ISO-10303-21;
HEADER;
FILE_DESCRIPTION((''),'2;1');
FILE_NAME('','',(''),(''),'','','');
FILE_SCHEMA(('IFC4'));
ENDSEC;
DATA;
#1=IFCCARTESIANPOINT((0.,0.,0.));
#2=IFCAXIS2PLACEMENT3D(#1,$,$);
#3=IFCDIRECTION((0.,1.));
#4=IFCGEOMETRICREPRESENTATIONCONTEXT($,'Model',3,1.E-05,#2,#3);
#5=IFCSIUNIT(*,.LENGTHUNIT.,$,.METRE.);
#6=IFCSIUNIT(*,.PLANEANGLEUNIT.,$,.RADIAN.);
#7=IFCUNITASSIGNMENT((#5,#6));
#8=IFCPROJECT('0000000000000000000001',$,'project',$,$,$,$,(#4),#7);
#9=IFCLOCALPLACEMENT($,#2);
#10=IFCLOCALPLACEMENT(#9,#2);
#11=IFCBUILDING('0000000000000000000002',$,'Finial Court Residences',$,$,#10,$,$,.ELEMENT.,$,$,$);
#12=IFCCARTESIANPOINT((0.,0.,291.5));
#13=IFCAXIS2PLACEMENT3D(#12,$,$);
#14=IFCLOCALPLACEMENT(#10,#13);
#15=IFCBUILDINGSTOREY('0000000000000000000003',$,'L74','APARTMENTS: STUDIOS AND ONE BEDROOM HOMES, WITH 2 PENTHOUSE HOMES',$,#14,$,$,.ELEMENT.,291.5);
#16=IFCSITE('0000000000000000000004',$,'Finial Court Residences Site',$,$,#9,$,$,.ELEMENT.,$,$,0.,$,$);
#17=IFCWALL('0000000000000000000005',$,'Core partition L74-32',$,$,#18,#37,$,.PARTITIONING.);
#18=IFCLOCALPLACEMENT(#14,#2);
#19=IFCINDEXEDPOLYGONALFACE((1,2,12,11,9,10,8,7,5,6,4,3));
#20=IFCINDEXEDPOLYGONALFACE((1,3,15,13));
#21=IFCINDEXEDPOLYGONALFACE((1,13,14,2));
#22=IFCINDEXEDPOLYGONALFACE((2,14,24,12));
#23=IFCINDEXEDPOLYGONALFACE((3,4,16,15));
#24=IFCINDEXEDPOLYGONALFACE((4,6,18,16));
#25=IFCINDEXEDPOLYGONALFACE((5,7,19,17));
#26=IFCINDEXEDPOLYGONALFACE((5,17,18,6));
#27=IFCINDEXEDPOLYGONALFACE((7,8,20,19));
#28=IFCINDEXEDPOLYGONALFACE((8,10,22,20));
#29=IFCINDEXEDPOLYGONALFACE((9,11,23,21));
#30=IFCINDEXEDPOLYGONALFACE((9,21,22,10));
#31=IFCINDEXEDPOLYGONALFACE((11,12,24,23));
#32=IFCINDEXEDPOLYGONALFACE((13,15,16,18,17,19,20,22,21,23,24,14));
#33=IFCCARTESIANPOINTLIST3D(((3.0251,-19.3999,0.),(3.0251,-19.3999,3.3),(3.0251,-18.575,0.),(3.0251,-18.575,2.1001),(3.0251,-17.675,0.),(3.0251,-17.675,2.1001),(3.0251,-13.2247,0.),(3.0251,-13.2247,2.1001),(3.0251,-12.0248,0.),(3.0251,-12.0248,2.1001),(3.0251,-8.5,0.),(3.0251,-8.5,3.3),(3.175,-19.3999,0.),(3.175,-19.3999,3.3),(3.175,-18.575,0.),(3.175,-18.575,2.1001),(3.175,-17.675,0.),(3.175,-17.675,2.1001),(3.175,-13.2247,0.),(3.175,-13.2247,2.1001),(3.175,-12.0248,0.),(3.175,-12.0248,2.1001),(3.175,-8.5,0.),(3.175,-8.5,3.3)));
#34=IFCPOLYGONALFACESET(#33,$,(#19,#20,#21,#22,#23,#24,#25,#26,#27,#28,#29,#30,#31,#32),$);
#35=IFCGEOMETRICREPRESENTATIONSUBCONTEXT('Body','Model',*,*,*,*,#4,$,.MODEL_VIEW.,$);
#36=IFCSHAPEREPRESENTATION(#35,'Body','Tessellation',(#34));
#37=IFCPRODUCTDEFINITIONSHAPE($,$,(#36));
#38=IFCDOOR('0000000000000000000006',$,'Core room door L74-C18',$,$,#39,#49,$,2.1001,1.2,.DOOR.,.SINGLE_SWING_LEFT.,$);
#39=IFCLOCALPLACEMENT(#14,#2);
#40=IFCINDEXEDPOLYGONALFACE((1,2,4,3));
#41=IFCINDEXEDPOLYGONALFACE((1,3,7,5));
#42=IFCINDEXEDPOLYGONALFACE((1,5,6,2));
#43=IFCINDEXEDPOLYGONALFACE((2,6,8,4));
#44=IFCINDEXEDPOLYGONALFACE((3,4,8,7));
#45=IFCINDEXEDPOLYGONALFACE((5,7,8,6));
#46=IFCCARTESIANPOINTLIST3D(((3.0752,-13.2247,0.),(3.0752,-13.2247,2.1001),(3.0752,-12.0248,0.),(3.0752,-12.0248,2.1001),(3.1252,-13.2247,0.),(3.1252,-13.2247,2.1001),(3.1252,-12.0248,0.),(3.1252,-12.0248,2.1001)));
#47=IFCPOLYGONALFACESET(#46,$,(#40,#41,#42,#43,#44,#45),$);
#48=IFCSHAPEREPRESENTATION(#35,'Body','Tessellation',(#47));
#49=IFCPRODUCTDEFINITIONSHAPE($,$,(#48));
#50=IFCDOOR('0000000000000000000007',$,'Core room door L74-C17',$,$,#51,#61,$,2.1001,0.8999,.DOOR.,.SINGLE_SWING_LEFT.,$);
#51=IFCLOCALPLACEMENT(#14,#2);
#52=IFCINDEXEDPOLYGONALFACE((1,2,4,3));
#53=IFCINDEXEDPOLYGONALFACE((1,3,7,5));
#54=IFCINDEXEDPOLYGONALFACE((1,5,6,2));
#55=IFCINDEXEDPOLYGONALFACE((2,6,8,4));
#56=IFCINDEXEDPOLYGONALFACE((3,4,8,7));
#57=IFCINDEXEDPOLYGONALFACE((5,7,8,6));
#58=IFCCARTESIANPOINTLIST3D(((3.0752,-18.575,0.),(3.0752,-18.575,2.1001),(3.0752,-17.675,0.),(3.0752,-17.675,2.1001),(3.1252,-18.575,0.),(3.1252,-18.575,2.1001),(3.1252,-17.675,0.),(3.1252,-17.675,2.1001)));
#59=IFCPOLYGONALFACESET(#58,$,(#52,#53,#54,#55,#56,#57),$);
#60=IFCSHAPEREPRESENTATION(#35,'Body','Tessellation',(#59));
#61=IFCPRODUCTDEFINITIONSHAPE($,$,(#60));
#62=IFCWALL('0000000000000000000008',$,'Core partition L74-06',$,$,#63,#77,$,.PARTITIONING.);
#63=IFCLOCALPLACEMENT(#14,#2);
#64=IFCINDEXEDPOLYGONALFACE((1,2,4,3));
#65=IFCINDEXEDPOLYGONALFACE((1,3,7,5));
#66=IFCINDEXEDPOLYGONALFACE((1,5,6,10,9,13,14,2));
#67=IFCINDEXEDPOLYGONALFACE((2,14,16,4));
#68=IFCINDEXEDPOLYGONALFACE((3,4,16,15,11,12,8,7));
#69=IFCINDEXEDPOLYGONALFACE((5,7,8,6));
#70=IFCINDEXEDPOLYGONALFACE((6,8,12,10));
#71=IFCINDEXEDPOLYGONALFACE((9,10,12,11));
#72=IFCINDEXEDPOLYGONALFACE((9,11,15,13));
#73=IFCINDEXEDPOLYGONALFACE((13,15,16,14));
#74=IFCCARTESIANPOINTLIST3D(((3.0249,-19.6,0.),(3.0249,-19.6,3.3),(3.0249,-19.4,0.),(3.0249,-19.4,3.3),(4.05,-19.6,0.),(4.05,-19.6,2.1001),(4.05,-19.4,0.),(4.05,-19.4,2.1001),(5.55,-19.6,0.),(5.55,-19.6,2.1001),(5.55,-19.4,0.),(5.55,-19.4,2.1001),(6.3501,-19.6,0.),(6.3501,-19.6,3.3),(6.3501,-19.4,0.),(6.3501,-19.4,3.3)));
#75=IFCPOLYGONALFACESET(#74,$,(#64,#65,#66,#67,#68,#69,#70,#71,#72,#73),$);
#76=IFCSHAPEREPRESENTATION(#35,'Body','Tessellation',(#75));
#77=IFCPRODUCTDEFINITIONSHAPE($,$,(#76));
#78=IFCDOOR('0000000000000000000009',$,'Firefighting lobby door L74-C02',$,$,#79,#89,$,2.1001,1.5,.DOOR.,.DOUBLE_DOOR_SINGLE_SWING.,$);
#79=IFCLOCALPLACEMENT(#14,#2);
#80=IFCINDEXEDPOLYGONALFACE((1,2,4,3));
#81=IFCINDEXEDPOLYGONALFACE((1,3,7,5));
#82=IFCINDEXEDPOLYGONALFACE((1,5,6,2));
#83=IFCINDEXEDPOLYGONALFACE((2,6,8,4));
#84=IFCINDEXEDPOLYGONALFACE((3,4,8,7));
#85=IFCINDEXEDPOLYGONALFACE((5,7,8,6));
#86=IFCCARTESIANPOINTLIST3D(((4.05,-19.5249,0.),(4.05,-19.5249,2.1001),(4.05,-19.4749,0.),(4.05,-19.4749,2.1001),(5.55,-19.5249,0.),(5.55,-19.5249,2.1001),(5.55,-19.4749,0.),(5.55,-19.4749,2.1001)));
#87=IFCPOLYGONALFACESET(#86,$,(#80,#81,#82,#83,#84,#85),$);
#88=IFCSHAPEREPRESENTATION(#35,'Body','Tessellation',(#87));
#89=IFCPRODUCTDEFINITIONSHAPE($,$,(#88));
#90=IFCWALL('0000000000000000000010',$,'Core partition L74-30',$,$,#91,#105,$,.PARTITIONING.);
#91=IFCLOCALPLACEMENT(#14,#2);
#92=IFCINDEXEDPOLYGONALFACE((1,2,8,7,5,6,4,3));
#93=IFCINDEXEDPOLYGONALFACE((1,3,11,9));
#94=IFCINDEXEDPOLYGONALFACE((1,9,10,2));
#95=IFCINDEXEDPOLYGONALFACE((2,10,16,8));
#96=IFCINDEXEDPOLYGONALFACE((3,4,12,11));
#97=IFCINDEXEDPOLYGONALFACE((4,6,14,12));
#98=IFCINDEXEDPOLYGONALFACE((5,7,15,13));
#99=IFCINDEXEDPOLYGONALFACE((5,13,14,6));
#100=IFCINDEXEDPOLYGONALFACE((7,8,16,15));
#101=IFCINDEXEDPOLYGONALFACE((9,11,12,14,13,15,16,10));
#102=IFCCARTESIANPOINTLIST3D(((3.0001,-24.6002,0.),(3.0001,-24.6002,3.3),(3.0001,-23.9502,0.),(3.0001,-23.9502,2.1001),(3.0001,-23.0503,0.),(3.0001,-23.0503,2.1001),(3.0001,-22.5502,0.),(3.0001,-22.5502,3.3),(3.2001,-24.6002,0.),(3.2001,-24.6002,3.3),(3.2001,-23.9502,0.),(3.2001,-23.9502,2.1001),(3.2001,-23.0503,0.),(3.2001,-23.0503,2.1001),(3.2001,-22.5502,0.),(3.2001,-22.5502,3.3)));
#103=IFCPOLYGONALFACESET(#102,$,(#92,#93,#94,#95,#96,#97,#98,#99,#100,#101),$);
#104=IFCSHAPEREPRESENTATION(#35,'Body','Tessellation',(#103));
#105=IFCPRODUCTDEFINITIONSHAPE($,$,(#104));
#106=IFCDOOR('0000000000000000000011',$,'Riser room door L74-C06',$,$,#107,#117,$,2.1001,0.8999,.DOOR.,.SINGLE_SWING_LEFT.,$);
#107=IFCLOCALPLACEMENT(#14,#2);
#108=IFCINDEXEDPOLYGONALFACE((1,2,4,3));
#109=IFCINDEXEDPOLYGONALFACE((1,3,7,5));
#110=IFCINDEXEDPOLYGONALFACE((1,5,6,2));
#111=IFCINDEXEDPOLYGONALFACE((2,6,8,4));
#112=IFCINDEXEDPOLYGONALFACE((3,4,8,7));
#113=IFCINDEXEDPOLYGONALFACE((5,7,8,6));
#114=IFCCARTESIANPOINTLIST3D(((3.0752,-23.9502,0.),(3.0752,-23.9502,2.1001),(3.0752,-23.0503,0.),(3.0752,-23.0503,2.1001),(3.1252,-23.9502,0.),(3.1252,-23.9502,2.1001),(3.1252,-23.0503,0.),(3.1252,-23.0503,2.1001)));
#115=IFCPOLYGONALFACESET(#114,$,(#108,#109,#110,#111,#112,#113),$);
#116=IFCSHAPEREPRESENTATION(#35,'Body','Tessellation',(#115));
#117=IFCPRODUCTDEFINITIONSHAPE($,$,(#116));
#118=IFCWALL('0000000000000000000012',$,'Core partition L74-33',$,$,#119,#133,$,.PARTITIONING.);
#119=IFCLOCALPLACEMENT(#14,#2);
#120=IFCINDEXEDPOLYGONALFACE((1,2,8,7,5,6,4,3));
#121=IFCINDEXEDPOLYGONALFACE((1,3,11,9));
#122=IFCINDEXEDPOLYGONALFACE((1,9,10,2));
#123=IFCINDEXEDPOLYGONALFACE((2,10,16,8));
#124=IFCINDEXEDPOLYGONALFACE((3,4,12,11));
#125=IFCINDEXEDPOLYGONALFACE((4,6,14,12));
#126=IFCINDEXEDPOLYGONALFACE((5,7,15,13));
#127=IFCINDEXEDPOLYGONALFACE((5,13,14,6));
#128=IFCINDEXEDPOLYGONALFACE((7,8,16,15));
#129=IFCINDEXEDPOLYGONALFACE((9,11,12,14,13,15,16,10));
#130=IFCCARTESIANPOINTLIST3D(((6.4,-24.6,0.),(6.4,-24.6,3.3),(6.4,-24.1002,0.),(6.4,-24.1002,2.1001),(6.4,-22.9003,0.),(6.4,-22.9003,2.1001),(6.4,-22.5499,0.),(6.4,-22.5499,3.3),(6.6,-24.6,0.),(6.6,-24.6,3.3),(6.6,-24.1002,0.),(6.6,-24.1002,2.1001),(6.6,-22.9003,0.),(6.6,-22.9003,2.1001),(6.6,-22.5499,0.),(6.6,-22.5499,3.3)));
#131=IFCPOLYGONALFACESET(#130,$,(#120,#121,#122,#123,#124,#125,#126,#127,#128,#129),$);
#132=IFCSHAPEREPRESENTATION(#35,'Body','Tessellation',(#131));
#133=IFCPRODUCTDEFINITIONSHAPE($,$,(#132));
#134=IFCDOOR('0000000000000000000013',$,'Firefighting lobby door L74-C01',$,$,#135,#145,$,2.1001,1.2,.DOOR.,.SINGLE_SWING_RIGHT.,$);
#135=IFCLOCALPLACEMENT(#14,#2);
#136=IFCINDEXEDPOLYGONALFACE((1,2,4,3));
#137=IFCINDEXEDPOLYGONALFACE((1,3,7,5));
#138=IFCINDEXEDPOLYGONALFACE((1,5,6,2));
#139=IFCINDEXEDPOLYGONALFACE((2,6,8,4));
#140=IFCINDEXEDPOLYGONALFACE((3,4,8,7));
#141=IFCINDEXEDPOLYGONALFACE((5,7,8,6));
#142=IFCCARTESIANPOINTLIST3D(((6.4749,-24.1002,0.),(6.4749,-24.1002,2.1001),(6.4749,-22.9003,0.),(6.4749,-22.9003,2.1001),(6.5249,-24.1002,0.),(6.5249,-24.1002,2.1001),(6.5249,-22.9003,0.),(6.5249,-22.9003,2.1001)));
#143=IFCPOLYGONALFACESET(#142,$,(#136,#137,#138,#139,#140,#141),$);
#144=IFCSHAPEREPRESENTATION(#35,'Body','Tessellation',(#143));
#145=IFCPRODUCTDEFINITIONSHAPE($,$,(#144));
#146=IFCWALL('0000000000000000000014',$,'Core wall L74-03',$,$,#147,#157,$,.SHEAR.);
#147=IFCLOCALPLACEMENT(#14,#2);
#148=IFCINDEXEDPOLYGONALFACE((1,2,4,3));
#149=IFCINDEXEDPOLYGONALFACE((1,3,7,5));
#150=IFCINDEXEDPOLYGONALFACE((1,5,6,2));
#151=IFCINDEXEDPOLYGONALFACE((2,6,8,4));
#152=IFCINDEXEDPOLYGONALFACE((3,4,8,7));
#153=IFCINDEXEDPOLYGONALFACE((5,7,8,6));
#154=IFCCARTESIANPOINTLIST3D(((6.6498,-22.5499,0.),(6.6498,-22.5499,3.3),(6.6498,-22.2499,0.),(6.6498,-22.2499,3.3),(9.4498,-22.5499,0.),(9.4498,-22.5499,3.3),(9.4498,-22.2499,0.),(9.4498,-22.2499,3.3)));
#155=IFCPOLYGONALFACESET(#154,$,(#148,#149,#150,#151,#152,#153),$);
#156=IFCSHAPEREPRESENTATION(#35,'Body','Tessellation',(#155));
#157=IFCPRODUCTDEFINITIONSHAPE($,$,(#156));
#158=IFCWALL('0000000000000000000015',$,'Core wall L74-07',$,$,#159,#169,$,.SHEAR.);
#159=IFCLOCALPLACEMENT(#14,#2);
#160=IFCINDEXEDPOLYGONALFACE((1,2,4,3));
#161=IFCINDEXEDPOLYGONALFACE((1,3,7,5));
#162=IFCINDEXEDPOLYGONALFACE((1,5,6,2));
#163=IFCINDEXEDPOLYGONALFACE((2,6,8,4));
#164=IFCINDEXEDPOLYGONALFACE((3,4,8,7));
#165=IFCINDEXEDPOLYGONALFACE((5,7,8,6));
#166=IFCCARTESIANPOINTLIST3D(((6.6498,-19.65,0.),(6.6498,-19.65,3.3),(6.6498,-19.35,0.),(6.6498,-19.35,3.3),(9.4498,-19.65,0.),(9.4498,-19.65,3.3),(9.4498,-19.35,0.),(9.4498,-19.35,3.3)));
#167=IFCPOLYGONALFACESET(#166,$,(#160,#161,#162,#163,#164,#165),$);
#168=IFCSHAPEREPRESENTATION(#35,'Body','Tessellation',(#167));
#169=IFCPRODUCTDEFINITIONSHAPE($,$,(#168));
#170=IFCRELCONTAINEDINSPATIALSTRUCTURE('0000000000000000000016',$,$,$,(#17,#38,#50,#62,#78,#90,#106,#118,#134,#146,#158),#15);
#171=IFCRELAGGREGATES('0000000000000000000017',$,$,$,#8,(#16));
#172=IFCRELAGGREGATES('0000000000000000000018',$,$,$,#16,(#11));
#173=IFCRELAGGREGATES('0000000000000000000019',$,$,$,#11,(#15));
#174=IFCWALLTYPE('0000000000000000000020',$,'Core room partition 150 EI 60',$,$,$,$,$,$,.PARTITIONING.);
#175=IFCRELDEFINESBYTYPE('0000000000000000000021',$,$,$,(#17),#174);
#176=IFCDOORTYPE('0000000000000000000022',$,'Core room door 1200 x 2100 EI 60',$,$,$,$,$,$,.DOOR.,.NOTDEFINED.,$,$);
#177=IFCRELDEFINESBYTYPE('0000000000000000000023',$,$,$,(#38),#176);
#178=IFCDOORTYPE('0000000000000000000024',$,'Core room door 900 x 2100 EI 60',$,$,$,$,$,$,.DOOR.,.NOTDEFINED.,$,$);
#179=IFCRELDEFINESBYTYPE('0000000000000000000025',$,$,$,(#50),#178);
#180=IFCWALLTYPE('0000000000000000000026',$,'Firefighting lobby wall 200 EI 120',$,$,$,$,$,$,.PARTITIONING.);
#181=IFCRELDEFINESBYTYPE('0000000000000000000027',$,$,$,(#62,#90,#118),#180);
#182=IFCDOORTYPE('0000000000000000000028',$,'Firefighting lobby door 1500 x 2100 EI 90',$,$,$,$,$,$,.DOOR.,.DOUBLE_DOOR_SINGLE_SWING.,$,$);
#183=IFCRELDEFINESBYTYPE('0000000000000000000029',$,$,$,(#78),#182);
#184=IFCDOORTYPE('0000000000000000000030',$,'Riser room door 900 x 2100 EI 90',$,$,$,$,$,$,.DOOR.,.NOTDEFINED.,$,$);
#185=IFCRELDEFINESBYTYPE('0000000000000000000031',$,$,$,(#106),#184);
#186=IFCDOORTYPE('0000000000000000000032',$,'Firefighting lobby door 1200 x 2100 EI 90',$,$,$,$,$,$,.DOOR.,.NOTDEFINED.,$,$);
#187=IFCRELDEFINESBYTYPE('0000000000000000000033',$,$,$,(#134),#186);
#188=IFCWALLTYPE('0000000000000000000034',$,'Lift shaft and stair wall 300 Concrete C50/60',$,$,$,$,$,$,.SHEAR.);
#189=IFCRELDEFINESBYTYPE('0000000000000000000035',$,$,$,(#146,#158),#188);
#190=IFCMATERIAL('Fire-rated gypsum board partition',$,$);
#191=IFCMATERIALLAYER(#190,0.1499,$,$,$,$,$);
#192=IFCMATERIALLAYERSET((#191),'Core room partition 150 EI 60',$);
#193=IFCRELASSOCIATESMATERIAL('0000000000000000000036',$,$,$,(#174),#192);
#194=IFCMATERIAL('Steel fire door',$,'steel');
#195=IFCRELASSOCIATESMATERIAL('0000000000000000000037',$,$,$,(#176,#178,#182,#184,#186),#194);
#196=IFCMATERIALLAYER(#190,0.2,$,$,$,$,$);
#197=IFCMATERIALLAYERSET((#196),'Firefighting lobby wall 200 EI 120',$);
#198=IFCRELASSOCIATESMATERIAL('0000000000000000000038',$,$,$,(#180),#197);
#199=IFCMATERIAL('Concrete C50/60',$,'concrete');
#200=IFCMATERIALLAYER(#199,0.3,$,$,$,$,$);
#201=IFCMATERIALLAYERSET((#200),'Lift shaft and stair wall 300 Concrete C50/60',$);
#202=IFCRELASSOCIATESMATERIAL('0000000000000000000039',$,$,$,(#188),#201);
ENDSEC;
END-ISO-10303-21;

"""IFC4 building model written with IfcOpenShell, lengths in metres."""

from ifc_helpers import new_model, si_unit, direction, frame, frame_2d, origin, place, context, subcontext, project, spatial, rectangle, extrude, material, layer, layer_set, type_object, element, fill, save


model = new_model("IFC4")

# Units and contexts
model_context = context("Model", 3, precision=1e-05, world=origin(), true_north=direction((0.0, 1.0)))
body_context = subcontext(model_context, "Body", "Model", "MODEL_VIEW")
ifc_project = project(units=[si_unit("LENGTHUNIT", "METRE"), si_unit("PLANEANGLEUNIT", "RADIAN")], contexts=[model_context])

# Site, building, storey
site_placement = place(None, origin())
site = spatial("IfcSite", under=ifc_project, at=site_placement, Name="Finial Court Residences Site", CompositionType="ELEMENT", RefElevation=0.0)
building_placement = place(site_placement, origin())
building = spatial("IfcBuilding", under=site, at=building_placement, Name="Finial Court Residences", CompositionType="ELEMENT")
storey_placement = place(building_placement, frame((0.0, 0.0, 291.5)))
storey = spatial("IfcBuildingStorey", under=building, at=storey_placement, Name="L74", Description="APARTMENTS: STUDIOS AND ONE BEDROOM HOMES, WITH 2 PENTHOUSE HOMES", CompositionType="ELEMENT", Elevation=291.5)

# Wall, openings, doors
ifc_material_1 = material(Name="Fire-rated gypsum board partition")
ifc_layer_1 = layer(ifc_material_1, 0.1499)
ifc_layer_set_1 = layer_set([ifc_layer_1], Name="Core room partition 150 EI 60")
wall_type_1 = type_object("IfcWallType", Name="Core room partition 150 EI 60", PredefinedType="PARTITIONING", material=ifc_layer_set_1)
wall_1_placement = place(storey_placement, frame((3.1001, -19.3999, 0.0), z_axis=(0.0, 0.0, 1.0), x_axis=(0.0, 1.0, 0.0)))
wall_1 = element("IfcWall", 1, at=wall_1_placement, inside=storey, type_object=wall_type_1, Name="Core partition L74-32", PredefinedType="PARTITIONING", context=body_context, shape_type="SweptSolid", body=[
    extrude(rectangle(XDim=10.8999, YDim=0.1499, at=frame_2d((5.45, 0.0))), origin(), (0.0, 0.0, 1.0), 3.3),
])
opening_1_placement = place(wall_1_placement, frame((0.825, 0.0, 0.0)))
opening_1 = element("IfcOpeningElement", 2, at=opening_1_placement, cuts=wall_1, PredefinedType="OPENING", context=body_context, shape_type="SweptSolid", body=[
    extrude(rectangle(XDim=0.8999, YDim=2.1001, at=frame_2d((0.45, 1.05))), frame((0.0, 0.085, 0.0), z_axis=(0.0, -1.0, 0.0), x_axis=(1.0, 0.0, 0.0)), (0.0, 0.0, 1.0), 0.1699),
])
opening_2_placement = place(wall_1_placement, frame((6.175, 0.0, 0.0)))
opening_2 = element("IfcOpeningElement", 3, at=opening_2_placement, cuts=wall_1, PredefinedType="OPENING", context=body_context, shape_type="SweptSolid", body=[
    extrude(rectangle(XDim=1.2, YDim=2.1001, at=frame_2d((0.6001, 1.05))), frame((0.0, 0.085, 0.0), z_axis=(0.0, -1.0, 0.0), x_axis=(1.0, 0.0, 0.0)), (0.0, 0.0, 1.0), 0.1699),
])
ifc_material_2 = material(Name="Steel fire door", Category="steel")
door_type_1 = type_object("IfcDoorType", Name="Core room door 1200 x 2100 EI 60", OperationType="NOTDEFINED", PredefinedType="DOOR", material=ifc_material_2)
door_1_placement = place(opening_2_placement, origin())
door_1 = element("IfcDoor", 4, at=door_1_placement, inside=storey, type_object=door_type_1, Name="Core room door L74-C18", OperationType="SINGLE_SWING_LEFT", OverallHeight=2.1001, OverallWidth=1.2, PredefinedType="DOOR", context=body_context, shape_type="SweptSolid", body=[
    extrude(rectangle(XDim=1.2, YDim=2.1001, at=frame_2d((0.6001, 1.05))), frame((0.0, 0.0249, 0.0), z_axis=(0.0, -1.0, 0.0), x_axis=(1.0, 0.0, 0.0)), (0.0, 0.0, 1.0), 0.05),
])
fill(opening_2, door_1)
door_type_2 = type_object("IfcDoorType", Name="Core room door 900 x 2100 EI 60", OperationType="NOTDEFINED", PredefinedType="DOOR", material=ifc_material_2)
door_2_placement = place(opening_1_placement, origin())
door_2 = element("IfcDoor", 5, at=door_2_placement, inside=storey, type_object=door_type_2, Name="Core room door L74-C17", OperationType="SINGLE_SWING_LEFT", OverallHeight=2.1001, OverallWidth=0.8999, PredefinedType="DOOR", context=body_context, shape_type="SweptSolid", body=[
    extrude(rectangle(XDim=0.8999, YDim=2.1001, at=frame_2d((0.45, 1.05))), frame((0.0, 0.0249, 0.0), z_axis=(0.0, -1.0, 0.0), x_axis=(1.0, 0.0, 0.0)), (0.0, 0.0, 1.0), 0.05),
])
fill(opening_1, door_2)

# Walls, openings, doors
ifc_layer_2 = layer(ifc_material_1, 0.2)
ifc_layer_set_2 = layer_set([ifc_layer_2], Name="Firefighting lobby wall 200 EI 120")
wall_type_2 = type_object("IfcWallType", Name="Firefighting lobby wall 200 EI 120", PredefinedType="PARTITIONING", material=ifc_layer_set_2)
wall_2_placement = place(storey_placement, frame((6.3501, -19.5, 0.0), z_axis=(0.0, 0.0, 1.0), x_axis=(-1.0, 0.0, 0.0)))
wall_2 = element("IfcWall", 6, at=wall_2_placement, inside=storey, type_object=wall_type_2, Name="Core partition L74-06", PredefinedType="PARTITIONING", context=body_context, shape_type="SweptSolid", body=[
    extrude(rectangle(XDim=3.3252, YDim=0.2, at=frame_2d((1.6626, 0.0))), origin(), (0.0, 0.0, 1.0), 3.3),
])
opening_3_placement = place(wall_2_placement, frame((0.8, 0.0, 0.0)))
opening_3 = element("IfcOpeningElement", 7, at=opening_3_placement, cuts=wall_2, PredefinedType="OPENING", context=body_context, shape_type="SweptSolid", body=[
    extrude(rectangle(XDim=1.5, YDim=2.1001, at=frame_2d((0.75, 1.05))), frame((0.0, 0.1099, 0.0), z_axis=(0.0, -1.0, 0.0), x_axis=(1.0, 0.0, 0.0)), (0.0, 0.0, 1.0), 0.22),
])
door_type_3 = type_object("IfcDoorType", Name="Firefighting lobby door 1500 x 2100 EI 90", OperationType="DOUBLE_DOOR_SINGLE_SWING", PredefinedType="DOOR", material=ifc_material_2)
door_3_placement = place(opening_3_placement, origin())
door_3 = element("IfcDoor", 8, at=door_3_placement, inside=storey, type_object=door_type_3, Name="Firefighting lobby door L74-C02", OperationType="DOUBLE_DOOR_SINGLE_SWING", OverallHeight=2.1001, OverallWidth=1.5, PredefinedType="DOOR", context=body_context, shape_type="SweptSolid", body=[
    extrude(rectangle(XDim=1.5, YDim=2.1001, at=frame_2d((0.75, 1.05))), frame((0.0, 0.0249, 0.0), z_axis=(0.0, -1.0, 0.0), x_axis=(1.0, 0.0, 0.0)), (0.0, 0.0, 1.0), 0.05),
])
fill(opening_3, door_3)
wall_3_placement = place(storey_placement, frame((3.1001, -24.6001, 0.0), z_axis=(0.0, 0.0, 1.0), x_axis=(0.0, 1.0, 0.0)))
wall_3 = element("IfcWall", 9, at=wall_3_placement, inside=storey, type_object=wall_type_2, Name="Core partition L74-30", PredefinedType="PARTITIONING", context=body_context, shape_type="SweptSolid", body=[
    extrude(rectangle(XDim=2.05, YDim=0.2, at=frame_2d((1.0249, 0.0))), origin(), (0.0, 0.0, 1.0), 3.3),
])
opening_4_placement = place(wall_3_placement, frame((0.6499, 0.0, 0.0)))
opening_4 = element("IfcOpeningElement", 10, at=opening_4_placement, cuts=wall_3, PredefinedType="OPENING", context=body_context, shape_type="SweptSolid", body=[
    extrude(rectangle(XDim=0.8999, YDim=2.1001, at=frame_2d((0.45, 1.05))), frame((0.0, 0.1099, 0.0), z_axis=(0.0, -1.0, 0.0), x_axis=(1.0, 0.0, 0.0)), (0.0, 0.0, 1.0), 0.22),
])
door_type_4 = type_object("IfcDoorType", Name="Riser room door 900 x 2100 EI 90", OperationType="NOTDEFINED", PredefinedType="DOOR", material=ifc_material_2)
door_4_placement = place(opening_4_placement, origin())
door_4 = element("IfcDoor", 11, at=door_4_placement, inside=storey, type_object=door_type_4, Name="Riser room door L74-C06", OperationType="SINGLE_SWING_LEFT", OverallHeight=2.1001, OverallWidth=0.8999, PredefinedType="DOOR", context=body_context, shape_type="SweptSolid", body=[
    extrude(rectangle(XDim=0.8999, YDim=2.1001, at=frame_2d((0.45, 1.05))), frame((0.0, 0.0249, 0.0), z_axis=(0.0, -1.0, 0.0), x_axis=(1.0, 0.0, 0.0)), (0.0, 0.0, 1.0), 0.05),
])
fill(opening_4, door_4)
wall_4_placement = place(storey_placement, frame((6.5, -22.55, 0.0), z_axis=(0.0, 0.0, 1.0), x_axis=(0.0, -1.0, 0.0)))
wall_4 = element("IfcWall", 12, at=wall_4_placement, inside=storey, type_object=wall_type_2, Name="Core partition L74-33", PredefinedType="PARTITIONING", context=body_context, shape_type="SweptSolid", body=[
    extrude(rectangle(XDim=2.05, YDim=0.2, at=frame_2d((1.0249, 0.0))), origin(), (0.0, 0.0, 1.0), 3.3),
])
opening_5_placement = place(wall_4_placement, frame((0.3501, 0.0, 0.0)))
opening_5 = element("IfcOpeningElement", 13, at=opening_5_placement, cuts=wall_4, PredefinedType="OPENING", context=body_context, shape_type="SweptSolid", body=[
    extrude(rectangle(XDim=1.2, YDim=2.1001, at=frame_2d((0.6001, 1.05))), frame((0.0, 0.1099, 0.0), z_axis=(0.0, -1.0, 0.0), x_axis=(1.0, 0.0, 0.0)), (0.0, 0.0, 1.0), 0.22),
])
door_type_5 = type_object("IfcDoorType", Name="Firefighting lobby door 1200 x 2100 EI 90", OperationType="NOTDEFINED", PredefinedType="DOOR", material=ifc_material_2)
door_5_placement = place(opening_5_placement, origin())
door_5 = element("IfcDoor", 14, at=door_5_placement, inside=storey, type_object=door_type_5, Name="Firefighting lobby door L74-C01", OperationType="SINGLE_SWING_RIGHT", OverallHeight=2.1001, OverallWidth=1.2, PredefinedType="DOOR", context=body_context, shape_type="SweptSolid", body=[
    extrude(rectangle(XDim=1.2, YDim=2.1001, at=frame_2d((0.6001, 1.05))), frame((0.0, 0.0249, 0.0), z_axis=(0.0, -1.0, 0.0), x_axis=(1.0, 0.0, 0.0)), (0.0, 0.0, 1.0), 0.05),
])
fill(opening_5, door_5)

# Walls
ifc_material_3 = material(Name="Concrete C50/60", Category="concrete")
ifc_layer_3 = layer(ifc_material_3, 0.3)
ifc_layer_set_3 = layer_set([ifc_layer_3], Name="Lift shaft and stair wall 300 Concrete C50/60")
wall_type_3 = type_object("IfcWallType", Name="Lift shaft and stair wall 300 Concrete C50/60", PredefinedType="SHEAR", material=ifc_layer_set_3)
for number, where, z_axis, x_axis, name in (
    (15, (6.6499, -22.3999, 0.0), (0.0, 0.0, 1.0), (1.0, 0.0, 0.0), "Core wall L74-03"),
    (16, (6.6499, -19.5, 0.0), (0.0, 0.0, 1.0), (1.0, 0.0, 0.0), "Core wall L74-07"),
):
    element("IfcWall", number, at=place(storey_placement, frame(where, z_axis=z_axis, x_axis=x_axis)), inside=storey, type_object=wall_type_3, Name=name, PredefinedType="SHEAR", context=body_context, shape_type="SweptSolid", body=[
        extrude(rectangle(XDim=2.8, YDim=0.3, at=frame_2d((1.3999, 0.0))), origin(), (0.0, 0.0, 1.0), 3.3),
    ])

save(model, "model.ifc")
